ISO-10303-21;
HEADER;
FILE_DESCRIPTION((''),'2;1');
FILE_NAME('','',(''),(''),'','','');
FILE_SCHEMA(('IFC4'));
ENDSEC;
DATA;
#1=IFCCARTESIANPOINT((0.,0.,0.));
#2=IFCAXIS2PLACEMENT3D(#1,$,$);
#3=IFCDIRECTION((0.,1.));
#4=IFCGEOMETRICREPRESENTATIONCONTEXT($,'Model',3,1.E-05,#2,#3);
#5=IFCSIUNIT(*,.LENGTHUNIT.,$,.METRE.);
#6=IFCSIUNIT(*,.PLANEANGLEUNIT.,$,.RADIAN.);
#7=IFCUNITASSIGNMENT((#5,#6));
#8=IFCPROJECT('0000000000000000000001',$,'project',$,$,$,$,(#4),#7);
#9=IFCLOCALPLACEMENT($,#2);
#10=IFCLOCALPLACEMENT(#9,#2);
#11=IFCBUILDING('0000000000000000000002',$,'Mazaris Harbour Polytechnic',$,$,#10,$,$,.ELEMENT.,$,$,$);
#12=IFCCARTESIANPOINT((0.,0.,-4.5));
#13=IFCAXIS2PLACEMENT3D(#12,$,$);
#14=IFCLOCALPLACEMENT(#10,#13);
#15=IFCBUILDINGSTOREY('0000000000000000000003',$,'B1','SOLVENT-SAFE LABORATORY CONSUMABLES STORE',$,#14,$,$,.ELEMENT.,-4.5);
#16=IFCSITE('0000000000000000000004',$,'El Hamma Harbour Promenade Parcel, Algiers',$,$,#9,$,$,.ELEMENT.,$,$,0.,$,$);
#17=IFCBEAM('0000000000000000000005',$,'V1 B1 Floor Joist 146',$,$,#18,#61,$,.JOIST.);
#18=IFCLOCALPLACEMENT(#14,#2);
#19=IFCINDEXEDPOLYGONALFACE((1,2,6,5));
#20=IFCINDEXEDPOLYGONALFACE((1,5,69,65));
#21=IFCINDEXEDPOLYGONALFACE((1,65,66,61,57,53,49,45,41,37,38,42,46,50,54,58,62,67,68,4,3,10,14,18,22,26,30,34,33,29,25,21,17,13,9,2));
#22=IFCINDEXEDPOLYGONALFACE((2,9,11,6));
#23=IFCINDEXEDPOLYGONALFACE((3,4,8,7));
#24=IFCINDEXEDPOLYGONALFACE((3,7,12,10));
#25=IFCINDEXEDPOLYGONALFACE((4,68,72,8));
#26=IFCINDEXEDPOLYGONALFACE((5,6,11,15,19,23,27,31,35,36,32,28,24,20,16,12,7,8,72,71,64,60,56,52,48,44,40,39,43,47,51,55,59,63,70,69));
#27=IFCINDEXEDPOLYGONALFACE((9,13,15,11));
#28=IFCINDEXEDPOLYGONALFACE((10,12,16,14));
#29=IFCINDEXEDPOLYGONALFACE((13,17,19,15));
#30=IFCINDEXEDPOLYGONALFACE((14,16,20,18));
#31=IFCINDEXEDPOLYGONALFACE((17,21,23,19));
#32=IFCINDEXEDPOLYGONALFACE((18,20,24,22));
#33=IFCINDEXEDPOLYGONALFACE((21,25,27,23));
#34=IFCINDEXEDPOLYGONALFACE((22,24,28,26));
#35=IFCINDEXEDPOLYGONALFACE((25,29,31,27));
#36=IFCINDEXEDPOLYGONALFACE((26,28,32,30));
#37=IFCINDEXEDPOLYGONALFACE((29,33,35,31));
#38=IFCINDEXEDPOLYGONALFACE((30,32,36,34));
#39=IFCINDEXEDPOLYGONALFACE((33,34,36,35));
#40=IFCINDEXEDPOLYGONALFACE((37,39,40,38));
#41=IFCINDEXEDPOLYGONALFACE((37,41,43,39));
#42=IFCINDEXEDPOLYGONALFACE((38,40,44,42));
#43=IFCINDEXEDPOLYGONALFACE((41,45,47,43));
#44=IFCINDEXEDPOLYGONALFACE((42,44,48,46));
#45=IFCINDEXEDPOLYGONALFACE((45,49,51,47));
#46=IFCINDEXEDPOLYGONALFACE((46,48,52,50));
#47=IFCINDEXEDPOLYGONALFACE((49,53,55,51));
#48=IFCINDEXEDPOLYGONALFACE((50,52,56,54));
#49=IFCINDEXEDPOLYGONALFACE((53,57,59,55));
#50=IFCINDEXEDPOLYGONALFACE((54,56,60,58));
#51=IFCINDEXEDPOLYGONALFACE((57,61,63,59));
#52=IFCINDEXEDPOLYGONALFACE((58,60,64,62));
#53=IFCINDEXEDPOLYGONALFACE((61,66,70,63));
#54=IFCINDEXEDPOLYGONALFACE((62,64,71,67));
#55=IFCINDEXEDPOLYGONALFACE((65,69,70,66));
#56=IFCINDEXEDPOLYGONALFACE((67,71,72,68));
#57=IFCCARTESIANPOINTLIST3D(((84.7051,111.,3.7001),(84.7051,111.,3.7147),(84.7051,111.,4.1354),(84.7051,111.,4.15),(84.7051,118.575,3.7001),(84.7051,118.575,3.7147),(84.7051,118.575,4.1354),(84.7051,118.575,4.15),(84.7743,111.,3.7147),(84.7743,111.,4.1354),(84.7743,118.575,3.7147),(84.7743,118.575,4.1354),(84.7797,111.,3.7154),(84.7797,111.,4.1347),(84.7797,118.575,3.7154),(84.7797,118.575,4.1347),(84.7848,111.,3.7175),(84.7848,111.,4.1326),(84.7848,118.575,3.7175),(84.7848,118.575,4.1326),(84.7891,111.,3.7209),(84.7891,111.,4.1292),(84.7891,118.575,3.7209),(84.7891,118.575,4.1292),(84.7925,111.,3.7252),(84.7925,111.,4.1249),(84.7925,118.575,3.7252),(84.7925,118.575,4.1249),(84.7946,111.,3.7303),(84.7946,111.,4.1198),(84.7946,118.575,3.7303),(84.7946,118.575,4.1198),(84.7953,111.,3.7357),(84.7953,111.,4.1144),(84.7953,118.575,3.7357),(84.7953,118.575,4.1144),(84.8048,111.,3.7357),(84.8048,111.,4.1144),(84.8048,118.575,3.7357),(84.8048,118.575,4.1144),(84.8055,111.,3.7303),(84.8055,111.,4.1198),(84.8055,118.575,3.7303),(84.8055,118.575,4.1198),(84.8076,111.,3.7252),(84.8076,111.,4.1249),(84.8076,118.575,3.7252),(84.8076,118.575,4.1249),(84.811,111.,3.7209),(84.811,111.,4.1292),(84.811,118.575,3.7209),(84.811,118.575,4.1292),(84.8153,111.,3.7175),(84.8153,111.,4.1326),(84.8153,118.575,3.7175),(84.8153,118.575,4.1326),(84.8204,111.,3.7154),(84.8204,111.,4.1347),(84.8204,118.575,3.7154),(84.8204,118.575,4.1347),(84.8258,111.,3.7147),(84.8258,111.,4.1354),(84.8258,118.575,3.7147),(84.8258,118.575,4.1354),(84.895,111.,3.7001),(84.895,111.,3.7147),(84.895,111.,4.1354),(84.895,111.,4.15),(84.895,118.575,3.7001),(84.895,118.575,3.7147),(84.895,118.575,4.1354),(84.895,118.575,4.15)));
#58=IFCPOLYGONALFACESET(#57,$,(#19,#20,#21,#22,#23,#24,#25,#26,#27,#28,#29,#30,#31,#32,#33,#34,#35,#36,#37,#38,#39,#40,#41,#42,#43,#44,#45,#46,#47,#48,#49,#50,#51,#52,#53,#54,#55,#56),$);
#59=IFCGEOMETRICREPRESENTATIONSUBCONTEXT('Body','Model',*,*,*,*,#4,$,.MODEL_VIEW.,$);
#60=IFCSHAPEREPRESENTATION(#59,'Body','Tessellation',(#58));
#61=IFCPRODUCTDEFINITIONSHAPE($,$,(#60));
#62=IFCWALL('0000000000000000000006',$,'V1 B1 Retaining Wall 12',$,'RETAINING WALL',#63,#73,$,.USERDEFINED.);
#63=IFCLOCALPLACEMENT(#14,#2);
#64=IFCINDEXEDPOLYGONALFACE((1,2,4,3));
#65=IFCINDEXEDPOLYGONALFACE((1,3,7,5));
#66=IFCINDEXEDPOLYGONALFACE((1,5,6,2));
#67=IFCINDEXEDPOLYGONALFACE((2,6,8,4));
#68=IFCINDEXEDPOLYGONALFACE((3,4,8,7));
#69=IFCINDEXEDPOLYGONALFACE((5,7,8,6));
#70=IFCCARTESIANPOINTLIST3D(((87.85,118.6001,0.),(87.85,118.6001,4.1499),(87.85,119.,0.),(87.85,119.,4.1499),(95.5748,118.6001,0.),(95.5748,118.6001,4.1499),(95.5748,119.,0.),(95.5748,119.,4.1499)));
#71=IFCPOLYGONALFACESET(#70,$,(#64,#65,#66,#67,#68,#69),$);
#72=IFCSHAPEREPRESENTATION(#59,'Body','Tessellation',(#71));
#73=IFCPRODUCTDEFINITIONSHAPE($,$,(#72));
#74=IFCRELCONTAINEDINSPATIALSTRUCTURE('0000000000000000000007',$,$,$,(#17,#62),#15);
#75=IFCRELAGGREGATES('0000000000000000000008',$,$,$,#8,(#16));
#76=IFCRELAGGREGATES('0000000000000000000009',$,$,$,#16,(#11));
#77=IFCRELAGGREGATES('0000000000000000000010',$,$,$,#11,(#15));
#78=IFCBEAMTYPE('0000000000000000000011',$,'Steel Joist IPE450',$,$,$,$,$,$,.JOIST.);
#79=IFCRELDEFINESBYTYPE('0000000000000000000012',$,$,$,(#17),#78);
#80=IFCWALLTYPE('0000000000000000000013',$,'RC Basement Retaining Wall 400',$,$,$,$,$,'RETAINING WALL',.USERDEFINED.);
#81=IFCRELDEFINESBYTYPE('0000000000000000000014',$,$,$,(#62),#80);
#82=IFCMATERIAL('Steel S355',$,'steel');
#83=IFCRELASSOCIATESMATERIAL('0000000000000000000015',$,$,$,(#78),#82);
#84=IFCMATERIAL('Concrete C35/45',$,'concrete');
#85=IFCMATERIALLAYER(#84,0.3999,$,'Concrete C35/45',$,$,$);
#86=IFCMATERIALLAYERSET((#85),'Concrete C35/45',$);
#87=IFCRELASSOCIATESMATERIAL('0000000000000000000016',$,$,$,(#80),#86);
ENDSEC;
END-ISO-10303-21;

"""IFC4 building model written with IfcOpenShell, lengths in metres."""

from ifc_helpers import new_model, si_unit, direction, frame, frame_2d, origin, origin_2d, place, context, subcontext, project, spatial, rectangle, i_section, extrude, material, layer, layer_set, material_profile, profile_set, type_object, element, save


model = new_model("IFC4")

# Units and contexts
model_context = context("Model", 3, precision=1e-05, world=origin(), true_north=direction((0.0, 1.0)))
body_context = subcontext(model_context, "Body", "Model", "MODEL_VIEW")
ifc_project = project(units=[si_unit("LENGTHUNIT", "METRE"), si_unit("PLANEANGLEUNIT", "RADIAN")], contexts=[model_context])

# Site, building, storey
site_placement = place(None, origin())
site = spatial("IfcSite", under=ifc_project, at=site_placement, Name="El Hamma Harbour Promenade Parcel, Algiers", CompositionType="ELEMENT", RefElevation=0.0)
building_placement = place(site_placement, origin())
building = spatial("IfcBuilding", under=site, at=building_placement, Name="Mazaris Harbour Polytechnic", CompositionType="ELEMENT")
storey_placement = place(building_placement, frame((0.0, 0.0, -4.5)))
storey = spatial("IfcBuildingStorey", under=building, at=storey_placement, Name="B1", Description="SOLVENT-SAFE LABORATORY CONSUMABLES STORE", CompositionType="ELEMENT", Elevation=-4.5)

# Beam
ifc_material_1 = material(Name="Steel S355", Category="steel")
ifc_material_profile_1 = material_profile(ifc_material_1, i_section(OverallWidth=0.1899, OverallDepth=0.45, WebThickness=0.0095, FlangeThickness=0.0146, FilletRadius=0.021, at=origin_2d()), Name="IPE 450")
ifc_profile_set_1 = profile_set([ifc_material_profile_1], Name="Steel S355")
beam_type_1 = type_object("IfcBeamType", Name="Steel Joist IPE450", PredefinedType="JOIST", material=ifc_profile_set_1)
beam_1_placement = place(storey_placement, frame((84.8, 111.0, 3.925), z_axis=(0.0, 1.0, 0.0), x_axis=(-1.0, 0.0, 0.0)))
element("IfcBeam", 1, at=beam_1_placement, inside=storey, type_object=beam_type_1, Name="V1 B1 Floor Joist 146", PredefinedType="JOIST", context=body_context, shape_type="SweptSolid", body=[
    extrude(i_section(OverallWidth=0.1899, OverallDepth=0.45, WebThickness=0.0095, FlangeThickness=0.0146, FilletRadius=0.021, at=origin_2d()), origin(), (0.0, 0.0, 1.0), 7.575),
])

# Wall
ifc_material_2 = material(Name="Concrete C35/45", Category="concrete")
ifc_layer = layer(ifc_material_2, 0.3999, Name="Concrete C35/45")
ifc_layer_set = layer_set([ifc_layer], Name="Concrete C35/45")
wall_type = type_object("IfcWallType", Name="RC Basement Retaining Wall 400", ElementType="RETAINING WALL", PredefinedType="USERDEFINED", material=ifc_layer_set)
wall_placement = place(storey_placement, frame((87.8501, 118.8, 0.0), z_axis=(0.0, 0.0, 1.0), x_axis=(1.0, 0.0, 0.0)))
element("IfcWall", 2, at=wall_placement, inside=storey, type_object=wall_type, Name="V1 B1 Retaining Wall 12", ObjectType="RETAINING WALL", PredefinedType="USERDEFINED", context=body_context, shape_type="SweptSolid", body=[
    extrude(rectangle(XDim=7.7249, YDim=0.3999, at=frame_2d((3.8623, 0.0))), origin(), (0.0, 0.0, 1.0), 4.1499),
])

save(model, "model.ifc")
